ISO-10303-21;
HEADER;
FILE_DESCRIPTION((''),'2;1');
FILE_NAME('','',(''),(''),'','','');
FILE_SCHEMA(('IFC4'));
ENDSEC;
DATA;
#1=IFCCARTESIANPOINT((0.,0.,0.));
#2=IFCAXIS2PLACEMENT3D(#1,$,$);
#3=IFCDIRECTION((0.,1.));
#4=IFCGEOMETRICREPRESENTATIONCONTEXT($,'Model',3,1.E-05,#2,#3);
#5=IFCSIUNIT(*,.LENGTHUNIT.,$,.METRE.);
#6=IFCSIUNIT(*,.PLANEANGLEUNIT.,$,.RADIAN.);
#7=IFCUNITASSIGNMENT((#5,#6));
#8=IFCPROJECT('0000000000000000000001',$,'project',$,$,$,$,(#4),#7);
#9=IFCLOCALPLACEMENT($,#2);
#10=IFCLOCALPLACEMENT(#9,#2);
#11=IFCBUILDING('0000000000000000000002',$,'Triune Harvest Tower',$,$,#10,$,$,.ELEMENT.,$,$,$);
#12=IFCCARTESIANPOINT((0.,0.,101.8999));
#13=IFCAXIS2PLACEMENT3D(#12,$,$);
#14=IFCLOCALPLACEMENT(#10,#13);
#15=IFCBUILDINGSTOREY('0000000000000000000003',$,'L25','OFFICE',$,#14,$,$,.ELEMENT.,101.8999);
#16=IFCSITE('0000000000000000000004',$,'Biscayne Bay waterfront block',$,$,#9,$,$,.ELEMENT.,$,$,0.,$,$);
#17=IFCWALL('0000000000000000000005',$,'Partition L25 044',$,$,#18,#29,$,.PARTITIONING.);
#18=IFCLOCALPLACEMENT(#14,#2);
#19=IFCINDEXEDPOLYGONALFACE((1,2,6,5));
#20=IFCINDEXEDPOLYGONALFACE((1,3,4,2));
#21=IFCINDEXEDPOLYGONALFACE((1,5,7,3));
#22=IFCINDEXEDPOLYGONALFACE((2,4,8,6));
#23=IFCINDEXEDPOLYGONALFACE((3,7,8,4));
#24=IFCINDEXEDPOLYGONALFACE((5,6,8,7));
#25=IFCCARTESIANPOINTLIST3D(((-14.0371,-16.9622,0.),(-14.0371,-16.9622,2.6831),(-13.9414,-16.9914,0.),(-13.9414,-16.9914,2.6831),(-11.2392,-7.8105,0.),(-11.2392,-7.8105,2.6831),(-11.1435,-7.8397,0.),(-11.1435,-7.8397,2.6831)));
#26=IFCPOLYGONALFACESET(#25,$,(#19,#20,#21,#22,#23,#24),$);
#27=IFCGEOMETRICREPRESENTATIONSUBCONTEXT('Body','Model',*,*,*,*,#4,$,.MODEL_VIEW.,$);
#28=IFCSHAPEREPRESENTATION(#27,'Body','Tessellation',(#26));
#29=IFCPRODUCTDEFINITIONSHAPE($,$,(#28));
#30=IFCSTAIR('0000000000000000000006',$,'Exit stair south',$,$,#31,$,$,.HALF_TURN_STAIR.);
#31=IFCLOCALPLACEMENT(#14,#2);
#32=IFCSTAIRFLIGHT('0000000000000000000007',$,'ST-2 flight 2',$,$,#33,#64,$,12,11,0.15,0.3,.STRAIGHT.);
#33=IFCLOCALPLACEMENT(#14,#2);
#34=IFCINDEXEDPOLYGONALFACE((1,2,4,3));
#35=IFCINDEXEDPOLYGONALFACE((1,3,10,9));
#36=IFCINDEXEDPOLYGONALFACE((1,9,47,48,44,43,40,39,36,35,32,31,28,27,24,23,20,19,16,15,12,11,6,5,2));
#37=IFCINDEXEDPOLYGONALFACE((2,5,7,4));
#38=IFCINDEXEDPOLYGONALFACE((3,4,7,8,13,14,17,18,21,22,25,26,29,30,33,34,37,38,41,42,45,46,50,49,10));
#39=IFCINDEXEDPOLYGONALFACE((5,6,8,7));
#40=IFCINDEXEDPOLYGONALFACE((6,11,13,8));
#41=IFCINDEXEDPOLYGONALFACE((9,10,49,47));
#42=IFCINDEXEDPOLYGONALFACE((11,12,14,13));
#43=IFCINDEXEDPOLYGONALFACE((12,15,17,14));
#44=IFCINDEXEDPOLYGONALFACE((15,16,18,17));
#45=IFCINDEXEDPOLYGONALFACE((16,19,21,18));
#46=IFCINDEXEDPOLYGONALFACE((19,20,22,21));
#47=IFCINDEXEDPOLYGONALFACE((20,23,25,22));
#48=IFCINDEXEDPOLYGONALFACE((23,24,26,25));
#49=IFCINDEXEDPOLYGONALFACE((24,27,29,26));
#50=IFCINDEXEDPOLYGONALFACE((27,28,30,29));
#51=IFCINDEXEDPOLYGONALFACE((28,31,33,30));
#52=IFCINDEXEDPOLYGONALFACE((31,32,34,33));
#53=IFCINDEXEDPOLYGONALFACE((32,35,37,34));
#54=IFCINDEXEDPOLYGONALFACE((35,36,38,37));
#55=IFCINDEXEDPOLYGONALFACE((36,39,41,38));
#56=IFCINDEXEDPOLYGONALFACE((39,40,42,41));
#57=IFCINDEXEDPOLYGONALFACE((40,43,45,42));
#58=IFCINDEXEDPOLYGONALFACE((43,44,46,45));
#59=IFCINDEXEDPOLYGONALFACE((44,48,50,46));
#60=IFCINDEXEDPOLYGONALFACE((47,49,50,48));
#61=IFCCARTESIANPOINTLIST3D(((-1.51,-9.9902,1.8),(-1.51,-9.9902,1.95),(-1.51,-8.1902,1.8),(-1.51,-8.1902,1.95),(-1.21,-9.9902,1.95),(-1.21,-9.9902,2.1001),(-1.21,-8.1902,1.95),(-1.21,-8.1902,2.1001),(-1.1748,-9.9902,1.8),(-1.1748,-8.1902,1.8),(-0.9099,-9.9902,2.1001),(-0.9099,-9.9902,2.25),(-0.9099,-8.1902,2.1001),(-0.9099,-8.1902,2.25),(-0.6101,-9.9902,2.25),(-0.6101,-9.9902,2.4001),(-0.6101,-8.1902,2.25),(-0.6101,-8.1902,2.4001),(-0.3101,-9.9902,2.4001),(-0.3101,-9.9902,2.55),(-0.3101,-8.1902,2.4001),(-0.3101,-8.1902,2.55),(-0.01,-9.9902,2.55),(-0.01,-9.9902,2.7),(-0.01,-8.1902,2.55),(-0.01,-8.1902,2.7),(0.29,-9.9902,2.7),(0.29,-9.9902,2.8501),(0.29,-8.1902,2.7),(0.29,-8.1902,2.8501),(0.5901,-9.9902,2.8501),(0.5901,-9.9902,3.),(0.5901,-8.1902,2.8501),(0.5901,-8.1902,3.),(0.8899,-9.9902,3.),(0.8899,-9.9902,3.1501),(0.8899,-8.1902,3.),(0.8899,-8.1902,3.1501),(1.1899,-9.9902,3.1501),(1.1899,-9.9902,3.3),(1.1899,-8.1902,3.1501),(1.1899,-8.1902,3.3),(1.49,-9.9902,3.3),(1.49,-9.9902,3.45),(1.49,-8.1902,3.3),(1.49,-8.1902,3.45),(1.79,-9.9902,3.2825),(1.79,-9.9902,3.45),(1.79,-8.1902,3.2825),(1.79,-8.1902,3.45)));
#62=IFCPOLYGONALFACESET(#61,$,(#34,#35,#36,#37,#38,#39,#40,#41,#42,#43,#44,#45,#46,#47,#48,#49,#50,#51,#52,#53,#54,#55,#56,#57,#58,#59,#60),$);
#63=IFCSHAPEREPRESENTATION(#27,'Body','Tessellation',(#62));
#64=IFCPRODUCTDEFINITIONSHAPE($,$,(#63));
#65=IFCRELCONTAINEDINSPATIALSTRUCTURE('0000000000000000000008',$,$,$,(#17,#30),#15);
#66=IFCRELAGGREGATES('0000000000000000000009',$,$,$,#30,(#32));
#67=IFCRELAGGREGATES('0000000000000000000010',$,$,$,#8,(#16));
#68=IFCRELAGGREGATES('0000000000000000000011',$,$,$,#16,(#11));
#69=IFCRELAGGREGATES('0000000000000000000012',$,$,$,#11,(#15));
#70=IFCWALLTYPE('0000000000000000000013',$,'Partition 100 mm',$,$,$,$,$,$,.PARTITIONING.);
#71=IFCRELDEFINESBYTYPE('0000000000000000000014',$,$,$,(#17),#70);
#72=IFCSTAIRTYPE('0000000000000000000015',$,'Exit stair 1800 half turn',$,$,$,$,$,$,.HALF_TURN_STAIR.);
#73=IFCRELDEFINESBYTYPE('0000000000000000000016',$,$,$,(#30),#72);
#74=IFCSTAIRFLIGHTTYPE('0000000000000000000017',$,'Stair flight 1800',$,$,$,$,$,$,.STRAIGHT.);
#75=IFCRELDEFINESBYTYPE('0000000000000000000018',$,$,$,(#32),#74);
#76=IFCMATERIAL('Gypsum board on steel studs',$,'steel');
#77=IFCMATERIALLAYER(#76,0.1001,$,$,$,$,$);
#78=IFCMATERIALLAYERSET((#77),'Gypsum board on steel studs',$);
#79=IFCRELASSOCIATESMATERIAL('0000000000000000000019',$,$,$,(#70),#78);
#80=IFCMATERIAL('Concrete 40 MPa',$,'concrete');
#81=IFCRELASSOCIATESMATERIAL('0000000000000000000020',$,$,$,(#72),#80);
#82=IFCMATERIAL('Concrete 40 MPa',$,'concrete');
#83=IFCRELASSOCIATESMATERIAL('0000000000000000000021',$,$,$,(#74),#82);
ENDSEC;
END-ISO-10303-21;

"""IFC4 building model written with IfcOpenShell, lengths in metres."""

from ifc_helpers import new_model, si_unit, direction, frame, frame_2d, origin, place, context, subcontext, project, spatial, polyline, rectangle, outline, extrude, source, transform, mapped, material, layer, layer_set, type_object, element, aggregate, save


model = new_model("IFC4")

# Units and contexts
model_context = context("Model", 3, precision=1e-05, world=origin(), true_north=direction((0.0, 1.0)))
body_context = subcontext(model_context, "Body", "Model", "MODEL_VIEW")
ifc_project = project(units=[si_unit("LENGTHUNIT", "METRE"), si_unit("PLANEANGLEUNIT", "RADIAN")], contexts=[model_context])

# Site, building, storey
site_placement = place(None, origin())
site = spatial("IfcSite", under=ifc_project, at=site_placement, Name="Biscayne Bay waterfront block", CompositionType="ELEMENT", RefElevation=0.0)
building_placement = place(site_placement, origin())
building = spatial("IfcBuilding", under=site, at=building_placement, Name="Triune Harvest Tower", CompositionType="ELEMENT")
storey_placement = place(building_placement, frame((0.0, 0.0, 101.8999)))
storey = spatial("IfcBuildingStorey", under=building, at=storey_placement, Name="L25", Description="OFFICE", CompositionType="ELEMENT", Elevation=101.8999)

# Wall
ifc_material_1 = material(Name="Gypsum board on steel studs", Category="steel")
ifc_layer_1 = layer(ifc_material_1, 0.1001)
ifc_layer_set_1 = layer_set([ifc_layer_1], Name="Gypsum board on steel studs")
wall_type_1 = type_object("IfcWallType", Name="Partition 100 mm", PredefinedType="PARTITIONING", material=ifc_layer_set_1)
shared_shape_1 = source(origin(), body_context, "Body", "SweptSolid", [
    extrude(rectangle(XDim=9.5698, YDim=0.1001, at=frame_2d((4.7849, 0.0))), origin(), (0.0, 0.0, 1.0), 2.6831),
])
wall_1_placement = place(storey_placement, frame((-13.9893, -16.9768, 0.0), z_axis=(0.0, 0.0, 1.0), x_axis=(0.292364, 0.956307, 0.0)))
element("IfcWall", 1, at=wall_1_placement, inside=storey, type_object=wall_type_1, Name="Partition L25 044", PredefinedType="PARTITIONING", context=body_context, shape_type="MappedRepresentation", body=[
    mapped(shared_shape_1, transform((0.0, 0.0, 0.0), scale=1.0)),
])

# Stair, stair flight
ifc_material_2 = material(Name="Concrete 40 MPa", Category="concrete")
stair_type = type_object("IfcStairType", Name="Exit stair 1800 half turn", PredefinedType="HALF_TURN_STAIR", material=ifc_material_2)
stair_placement = place(storey_placement, origin())
stair = element("IfcStair", 2, at=stair_placement, inside=storey, type_object=stair_type, Name="Exit stair south", PredefinedType="HALF_TURN_STAIR")
ifc_material_3 = material(Name="Concrete 40 MPa", Category="concrete")
stair_flight_type = type_object("IfcStairFlightType", Name="Stair flight 1800", PredefinedType="STRAIGHT", material=ifc_material_3)
shared_shape_2 = source(origin(), body_context, "Body", "SweptSolid", [
    extrude(outline(polyline([(0.0, 0.0), (0.0, 0.1499), (0.3, 0.1499), (0.3, 0.3), (0.6001, 0.3), (0.6001, 0.45), (0.8999, 0.45), (0.8999, 0.6001), (1.2, 0.6001), (1.2, 0.75), (1.5, 0.75), (1.5, 0.8999), (1.8, 0.8999), (1.8, 1.05), (2.1001, 1.05), (2.1001, 1.2), (2.3999, 1.2), (2.3999, 1.3501), (2.7, 1.3501), (2.7, 1.5), (3.0, 1.5), (3.0, 1.6499), (3.3, 1.6499), (3.3, 1.8), (3.3, 1.4824), (0.3352, 0.0), (0.0, 0.0)])), frame((0.0, 0.8999, 0.0), z_axis=(0.0, -1.0, 0.0), x_axis=(1.0, 0.0, 0.0)), (0.0, 0.0, 1.0), 1.8),
])
stair_flight_placement = place(storey_placement, frame((-1.51, -9.0901, 1.8), z_axis=(0.0, 0.0, 1.0), x_axis=(1.0, 0.0, 0.0)))
stair_flight = element("IfcStairFlight", 3, at=stair_flight_placement, type_object=stair_flight_type, Name="ST-2 flight 2", NumberOfRisers=12, NumberOfTreads=11, PredefinedType="STRAIGHT", RiserHeight=0.15, TreadLength=0.3, context=body_context, shape_type="MappedRepresentation", body=[
    mapped(shared_shape_2, transform((0.0, 0.0, 0.0), scale=1.0)),
])
aggregate(stair, [stair_flight])

save(model, "model.ifc")
